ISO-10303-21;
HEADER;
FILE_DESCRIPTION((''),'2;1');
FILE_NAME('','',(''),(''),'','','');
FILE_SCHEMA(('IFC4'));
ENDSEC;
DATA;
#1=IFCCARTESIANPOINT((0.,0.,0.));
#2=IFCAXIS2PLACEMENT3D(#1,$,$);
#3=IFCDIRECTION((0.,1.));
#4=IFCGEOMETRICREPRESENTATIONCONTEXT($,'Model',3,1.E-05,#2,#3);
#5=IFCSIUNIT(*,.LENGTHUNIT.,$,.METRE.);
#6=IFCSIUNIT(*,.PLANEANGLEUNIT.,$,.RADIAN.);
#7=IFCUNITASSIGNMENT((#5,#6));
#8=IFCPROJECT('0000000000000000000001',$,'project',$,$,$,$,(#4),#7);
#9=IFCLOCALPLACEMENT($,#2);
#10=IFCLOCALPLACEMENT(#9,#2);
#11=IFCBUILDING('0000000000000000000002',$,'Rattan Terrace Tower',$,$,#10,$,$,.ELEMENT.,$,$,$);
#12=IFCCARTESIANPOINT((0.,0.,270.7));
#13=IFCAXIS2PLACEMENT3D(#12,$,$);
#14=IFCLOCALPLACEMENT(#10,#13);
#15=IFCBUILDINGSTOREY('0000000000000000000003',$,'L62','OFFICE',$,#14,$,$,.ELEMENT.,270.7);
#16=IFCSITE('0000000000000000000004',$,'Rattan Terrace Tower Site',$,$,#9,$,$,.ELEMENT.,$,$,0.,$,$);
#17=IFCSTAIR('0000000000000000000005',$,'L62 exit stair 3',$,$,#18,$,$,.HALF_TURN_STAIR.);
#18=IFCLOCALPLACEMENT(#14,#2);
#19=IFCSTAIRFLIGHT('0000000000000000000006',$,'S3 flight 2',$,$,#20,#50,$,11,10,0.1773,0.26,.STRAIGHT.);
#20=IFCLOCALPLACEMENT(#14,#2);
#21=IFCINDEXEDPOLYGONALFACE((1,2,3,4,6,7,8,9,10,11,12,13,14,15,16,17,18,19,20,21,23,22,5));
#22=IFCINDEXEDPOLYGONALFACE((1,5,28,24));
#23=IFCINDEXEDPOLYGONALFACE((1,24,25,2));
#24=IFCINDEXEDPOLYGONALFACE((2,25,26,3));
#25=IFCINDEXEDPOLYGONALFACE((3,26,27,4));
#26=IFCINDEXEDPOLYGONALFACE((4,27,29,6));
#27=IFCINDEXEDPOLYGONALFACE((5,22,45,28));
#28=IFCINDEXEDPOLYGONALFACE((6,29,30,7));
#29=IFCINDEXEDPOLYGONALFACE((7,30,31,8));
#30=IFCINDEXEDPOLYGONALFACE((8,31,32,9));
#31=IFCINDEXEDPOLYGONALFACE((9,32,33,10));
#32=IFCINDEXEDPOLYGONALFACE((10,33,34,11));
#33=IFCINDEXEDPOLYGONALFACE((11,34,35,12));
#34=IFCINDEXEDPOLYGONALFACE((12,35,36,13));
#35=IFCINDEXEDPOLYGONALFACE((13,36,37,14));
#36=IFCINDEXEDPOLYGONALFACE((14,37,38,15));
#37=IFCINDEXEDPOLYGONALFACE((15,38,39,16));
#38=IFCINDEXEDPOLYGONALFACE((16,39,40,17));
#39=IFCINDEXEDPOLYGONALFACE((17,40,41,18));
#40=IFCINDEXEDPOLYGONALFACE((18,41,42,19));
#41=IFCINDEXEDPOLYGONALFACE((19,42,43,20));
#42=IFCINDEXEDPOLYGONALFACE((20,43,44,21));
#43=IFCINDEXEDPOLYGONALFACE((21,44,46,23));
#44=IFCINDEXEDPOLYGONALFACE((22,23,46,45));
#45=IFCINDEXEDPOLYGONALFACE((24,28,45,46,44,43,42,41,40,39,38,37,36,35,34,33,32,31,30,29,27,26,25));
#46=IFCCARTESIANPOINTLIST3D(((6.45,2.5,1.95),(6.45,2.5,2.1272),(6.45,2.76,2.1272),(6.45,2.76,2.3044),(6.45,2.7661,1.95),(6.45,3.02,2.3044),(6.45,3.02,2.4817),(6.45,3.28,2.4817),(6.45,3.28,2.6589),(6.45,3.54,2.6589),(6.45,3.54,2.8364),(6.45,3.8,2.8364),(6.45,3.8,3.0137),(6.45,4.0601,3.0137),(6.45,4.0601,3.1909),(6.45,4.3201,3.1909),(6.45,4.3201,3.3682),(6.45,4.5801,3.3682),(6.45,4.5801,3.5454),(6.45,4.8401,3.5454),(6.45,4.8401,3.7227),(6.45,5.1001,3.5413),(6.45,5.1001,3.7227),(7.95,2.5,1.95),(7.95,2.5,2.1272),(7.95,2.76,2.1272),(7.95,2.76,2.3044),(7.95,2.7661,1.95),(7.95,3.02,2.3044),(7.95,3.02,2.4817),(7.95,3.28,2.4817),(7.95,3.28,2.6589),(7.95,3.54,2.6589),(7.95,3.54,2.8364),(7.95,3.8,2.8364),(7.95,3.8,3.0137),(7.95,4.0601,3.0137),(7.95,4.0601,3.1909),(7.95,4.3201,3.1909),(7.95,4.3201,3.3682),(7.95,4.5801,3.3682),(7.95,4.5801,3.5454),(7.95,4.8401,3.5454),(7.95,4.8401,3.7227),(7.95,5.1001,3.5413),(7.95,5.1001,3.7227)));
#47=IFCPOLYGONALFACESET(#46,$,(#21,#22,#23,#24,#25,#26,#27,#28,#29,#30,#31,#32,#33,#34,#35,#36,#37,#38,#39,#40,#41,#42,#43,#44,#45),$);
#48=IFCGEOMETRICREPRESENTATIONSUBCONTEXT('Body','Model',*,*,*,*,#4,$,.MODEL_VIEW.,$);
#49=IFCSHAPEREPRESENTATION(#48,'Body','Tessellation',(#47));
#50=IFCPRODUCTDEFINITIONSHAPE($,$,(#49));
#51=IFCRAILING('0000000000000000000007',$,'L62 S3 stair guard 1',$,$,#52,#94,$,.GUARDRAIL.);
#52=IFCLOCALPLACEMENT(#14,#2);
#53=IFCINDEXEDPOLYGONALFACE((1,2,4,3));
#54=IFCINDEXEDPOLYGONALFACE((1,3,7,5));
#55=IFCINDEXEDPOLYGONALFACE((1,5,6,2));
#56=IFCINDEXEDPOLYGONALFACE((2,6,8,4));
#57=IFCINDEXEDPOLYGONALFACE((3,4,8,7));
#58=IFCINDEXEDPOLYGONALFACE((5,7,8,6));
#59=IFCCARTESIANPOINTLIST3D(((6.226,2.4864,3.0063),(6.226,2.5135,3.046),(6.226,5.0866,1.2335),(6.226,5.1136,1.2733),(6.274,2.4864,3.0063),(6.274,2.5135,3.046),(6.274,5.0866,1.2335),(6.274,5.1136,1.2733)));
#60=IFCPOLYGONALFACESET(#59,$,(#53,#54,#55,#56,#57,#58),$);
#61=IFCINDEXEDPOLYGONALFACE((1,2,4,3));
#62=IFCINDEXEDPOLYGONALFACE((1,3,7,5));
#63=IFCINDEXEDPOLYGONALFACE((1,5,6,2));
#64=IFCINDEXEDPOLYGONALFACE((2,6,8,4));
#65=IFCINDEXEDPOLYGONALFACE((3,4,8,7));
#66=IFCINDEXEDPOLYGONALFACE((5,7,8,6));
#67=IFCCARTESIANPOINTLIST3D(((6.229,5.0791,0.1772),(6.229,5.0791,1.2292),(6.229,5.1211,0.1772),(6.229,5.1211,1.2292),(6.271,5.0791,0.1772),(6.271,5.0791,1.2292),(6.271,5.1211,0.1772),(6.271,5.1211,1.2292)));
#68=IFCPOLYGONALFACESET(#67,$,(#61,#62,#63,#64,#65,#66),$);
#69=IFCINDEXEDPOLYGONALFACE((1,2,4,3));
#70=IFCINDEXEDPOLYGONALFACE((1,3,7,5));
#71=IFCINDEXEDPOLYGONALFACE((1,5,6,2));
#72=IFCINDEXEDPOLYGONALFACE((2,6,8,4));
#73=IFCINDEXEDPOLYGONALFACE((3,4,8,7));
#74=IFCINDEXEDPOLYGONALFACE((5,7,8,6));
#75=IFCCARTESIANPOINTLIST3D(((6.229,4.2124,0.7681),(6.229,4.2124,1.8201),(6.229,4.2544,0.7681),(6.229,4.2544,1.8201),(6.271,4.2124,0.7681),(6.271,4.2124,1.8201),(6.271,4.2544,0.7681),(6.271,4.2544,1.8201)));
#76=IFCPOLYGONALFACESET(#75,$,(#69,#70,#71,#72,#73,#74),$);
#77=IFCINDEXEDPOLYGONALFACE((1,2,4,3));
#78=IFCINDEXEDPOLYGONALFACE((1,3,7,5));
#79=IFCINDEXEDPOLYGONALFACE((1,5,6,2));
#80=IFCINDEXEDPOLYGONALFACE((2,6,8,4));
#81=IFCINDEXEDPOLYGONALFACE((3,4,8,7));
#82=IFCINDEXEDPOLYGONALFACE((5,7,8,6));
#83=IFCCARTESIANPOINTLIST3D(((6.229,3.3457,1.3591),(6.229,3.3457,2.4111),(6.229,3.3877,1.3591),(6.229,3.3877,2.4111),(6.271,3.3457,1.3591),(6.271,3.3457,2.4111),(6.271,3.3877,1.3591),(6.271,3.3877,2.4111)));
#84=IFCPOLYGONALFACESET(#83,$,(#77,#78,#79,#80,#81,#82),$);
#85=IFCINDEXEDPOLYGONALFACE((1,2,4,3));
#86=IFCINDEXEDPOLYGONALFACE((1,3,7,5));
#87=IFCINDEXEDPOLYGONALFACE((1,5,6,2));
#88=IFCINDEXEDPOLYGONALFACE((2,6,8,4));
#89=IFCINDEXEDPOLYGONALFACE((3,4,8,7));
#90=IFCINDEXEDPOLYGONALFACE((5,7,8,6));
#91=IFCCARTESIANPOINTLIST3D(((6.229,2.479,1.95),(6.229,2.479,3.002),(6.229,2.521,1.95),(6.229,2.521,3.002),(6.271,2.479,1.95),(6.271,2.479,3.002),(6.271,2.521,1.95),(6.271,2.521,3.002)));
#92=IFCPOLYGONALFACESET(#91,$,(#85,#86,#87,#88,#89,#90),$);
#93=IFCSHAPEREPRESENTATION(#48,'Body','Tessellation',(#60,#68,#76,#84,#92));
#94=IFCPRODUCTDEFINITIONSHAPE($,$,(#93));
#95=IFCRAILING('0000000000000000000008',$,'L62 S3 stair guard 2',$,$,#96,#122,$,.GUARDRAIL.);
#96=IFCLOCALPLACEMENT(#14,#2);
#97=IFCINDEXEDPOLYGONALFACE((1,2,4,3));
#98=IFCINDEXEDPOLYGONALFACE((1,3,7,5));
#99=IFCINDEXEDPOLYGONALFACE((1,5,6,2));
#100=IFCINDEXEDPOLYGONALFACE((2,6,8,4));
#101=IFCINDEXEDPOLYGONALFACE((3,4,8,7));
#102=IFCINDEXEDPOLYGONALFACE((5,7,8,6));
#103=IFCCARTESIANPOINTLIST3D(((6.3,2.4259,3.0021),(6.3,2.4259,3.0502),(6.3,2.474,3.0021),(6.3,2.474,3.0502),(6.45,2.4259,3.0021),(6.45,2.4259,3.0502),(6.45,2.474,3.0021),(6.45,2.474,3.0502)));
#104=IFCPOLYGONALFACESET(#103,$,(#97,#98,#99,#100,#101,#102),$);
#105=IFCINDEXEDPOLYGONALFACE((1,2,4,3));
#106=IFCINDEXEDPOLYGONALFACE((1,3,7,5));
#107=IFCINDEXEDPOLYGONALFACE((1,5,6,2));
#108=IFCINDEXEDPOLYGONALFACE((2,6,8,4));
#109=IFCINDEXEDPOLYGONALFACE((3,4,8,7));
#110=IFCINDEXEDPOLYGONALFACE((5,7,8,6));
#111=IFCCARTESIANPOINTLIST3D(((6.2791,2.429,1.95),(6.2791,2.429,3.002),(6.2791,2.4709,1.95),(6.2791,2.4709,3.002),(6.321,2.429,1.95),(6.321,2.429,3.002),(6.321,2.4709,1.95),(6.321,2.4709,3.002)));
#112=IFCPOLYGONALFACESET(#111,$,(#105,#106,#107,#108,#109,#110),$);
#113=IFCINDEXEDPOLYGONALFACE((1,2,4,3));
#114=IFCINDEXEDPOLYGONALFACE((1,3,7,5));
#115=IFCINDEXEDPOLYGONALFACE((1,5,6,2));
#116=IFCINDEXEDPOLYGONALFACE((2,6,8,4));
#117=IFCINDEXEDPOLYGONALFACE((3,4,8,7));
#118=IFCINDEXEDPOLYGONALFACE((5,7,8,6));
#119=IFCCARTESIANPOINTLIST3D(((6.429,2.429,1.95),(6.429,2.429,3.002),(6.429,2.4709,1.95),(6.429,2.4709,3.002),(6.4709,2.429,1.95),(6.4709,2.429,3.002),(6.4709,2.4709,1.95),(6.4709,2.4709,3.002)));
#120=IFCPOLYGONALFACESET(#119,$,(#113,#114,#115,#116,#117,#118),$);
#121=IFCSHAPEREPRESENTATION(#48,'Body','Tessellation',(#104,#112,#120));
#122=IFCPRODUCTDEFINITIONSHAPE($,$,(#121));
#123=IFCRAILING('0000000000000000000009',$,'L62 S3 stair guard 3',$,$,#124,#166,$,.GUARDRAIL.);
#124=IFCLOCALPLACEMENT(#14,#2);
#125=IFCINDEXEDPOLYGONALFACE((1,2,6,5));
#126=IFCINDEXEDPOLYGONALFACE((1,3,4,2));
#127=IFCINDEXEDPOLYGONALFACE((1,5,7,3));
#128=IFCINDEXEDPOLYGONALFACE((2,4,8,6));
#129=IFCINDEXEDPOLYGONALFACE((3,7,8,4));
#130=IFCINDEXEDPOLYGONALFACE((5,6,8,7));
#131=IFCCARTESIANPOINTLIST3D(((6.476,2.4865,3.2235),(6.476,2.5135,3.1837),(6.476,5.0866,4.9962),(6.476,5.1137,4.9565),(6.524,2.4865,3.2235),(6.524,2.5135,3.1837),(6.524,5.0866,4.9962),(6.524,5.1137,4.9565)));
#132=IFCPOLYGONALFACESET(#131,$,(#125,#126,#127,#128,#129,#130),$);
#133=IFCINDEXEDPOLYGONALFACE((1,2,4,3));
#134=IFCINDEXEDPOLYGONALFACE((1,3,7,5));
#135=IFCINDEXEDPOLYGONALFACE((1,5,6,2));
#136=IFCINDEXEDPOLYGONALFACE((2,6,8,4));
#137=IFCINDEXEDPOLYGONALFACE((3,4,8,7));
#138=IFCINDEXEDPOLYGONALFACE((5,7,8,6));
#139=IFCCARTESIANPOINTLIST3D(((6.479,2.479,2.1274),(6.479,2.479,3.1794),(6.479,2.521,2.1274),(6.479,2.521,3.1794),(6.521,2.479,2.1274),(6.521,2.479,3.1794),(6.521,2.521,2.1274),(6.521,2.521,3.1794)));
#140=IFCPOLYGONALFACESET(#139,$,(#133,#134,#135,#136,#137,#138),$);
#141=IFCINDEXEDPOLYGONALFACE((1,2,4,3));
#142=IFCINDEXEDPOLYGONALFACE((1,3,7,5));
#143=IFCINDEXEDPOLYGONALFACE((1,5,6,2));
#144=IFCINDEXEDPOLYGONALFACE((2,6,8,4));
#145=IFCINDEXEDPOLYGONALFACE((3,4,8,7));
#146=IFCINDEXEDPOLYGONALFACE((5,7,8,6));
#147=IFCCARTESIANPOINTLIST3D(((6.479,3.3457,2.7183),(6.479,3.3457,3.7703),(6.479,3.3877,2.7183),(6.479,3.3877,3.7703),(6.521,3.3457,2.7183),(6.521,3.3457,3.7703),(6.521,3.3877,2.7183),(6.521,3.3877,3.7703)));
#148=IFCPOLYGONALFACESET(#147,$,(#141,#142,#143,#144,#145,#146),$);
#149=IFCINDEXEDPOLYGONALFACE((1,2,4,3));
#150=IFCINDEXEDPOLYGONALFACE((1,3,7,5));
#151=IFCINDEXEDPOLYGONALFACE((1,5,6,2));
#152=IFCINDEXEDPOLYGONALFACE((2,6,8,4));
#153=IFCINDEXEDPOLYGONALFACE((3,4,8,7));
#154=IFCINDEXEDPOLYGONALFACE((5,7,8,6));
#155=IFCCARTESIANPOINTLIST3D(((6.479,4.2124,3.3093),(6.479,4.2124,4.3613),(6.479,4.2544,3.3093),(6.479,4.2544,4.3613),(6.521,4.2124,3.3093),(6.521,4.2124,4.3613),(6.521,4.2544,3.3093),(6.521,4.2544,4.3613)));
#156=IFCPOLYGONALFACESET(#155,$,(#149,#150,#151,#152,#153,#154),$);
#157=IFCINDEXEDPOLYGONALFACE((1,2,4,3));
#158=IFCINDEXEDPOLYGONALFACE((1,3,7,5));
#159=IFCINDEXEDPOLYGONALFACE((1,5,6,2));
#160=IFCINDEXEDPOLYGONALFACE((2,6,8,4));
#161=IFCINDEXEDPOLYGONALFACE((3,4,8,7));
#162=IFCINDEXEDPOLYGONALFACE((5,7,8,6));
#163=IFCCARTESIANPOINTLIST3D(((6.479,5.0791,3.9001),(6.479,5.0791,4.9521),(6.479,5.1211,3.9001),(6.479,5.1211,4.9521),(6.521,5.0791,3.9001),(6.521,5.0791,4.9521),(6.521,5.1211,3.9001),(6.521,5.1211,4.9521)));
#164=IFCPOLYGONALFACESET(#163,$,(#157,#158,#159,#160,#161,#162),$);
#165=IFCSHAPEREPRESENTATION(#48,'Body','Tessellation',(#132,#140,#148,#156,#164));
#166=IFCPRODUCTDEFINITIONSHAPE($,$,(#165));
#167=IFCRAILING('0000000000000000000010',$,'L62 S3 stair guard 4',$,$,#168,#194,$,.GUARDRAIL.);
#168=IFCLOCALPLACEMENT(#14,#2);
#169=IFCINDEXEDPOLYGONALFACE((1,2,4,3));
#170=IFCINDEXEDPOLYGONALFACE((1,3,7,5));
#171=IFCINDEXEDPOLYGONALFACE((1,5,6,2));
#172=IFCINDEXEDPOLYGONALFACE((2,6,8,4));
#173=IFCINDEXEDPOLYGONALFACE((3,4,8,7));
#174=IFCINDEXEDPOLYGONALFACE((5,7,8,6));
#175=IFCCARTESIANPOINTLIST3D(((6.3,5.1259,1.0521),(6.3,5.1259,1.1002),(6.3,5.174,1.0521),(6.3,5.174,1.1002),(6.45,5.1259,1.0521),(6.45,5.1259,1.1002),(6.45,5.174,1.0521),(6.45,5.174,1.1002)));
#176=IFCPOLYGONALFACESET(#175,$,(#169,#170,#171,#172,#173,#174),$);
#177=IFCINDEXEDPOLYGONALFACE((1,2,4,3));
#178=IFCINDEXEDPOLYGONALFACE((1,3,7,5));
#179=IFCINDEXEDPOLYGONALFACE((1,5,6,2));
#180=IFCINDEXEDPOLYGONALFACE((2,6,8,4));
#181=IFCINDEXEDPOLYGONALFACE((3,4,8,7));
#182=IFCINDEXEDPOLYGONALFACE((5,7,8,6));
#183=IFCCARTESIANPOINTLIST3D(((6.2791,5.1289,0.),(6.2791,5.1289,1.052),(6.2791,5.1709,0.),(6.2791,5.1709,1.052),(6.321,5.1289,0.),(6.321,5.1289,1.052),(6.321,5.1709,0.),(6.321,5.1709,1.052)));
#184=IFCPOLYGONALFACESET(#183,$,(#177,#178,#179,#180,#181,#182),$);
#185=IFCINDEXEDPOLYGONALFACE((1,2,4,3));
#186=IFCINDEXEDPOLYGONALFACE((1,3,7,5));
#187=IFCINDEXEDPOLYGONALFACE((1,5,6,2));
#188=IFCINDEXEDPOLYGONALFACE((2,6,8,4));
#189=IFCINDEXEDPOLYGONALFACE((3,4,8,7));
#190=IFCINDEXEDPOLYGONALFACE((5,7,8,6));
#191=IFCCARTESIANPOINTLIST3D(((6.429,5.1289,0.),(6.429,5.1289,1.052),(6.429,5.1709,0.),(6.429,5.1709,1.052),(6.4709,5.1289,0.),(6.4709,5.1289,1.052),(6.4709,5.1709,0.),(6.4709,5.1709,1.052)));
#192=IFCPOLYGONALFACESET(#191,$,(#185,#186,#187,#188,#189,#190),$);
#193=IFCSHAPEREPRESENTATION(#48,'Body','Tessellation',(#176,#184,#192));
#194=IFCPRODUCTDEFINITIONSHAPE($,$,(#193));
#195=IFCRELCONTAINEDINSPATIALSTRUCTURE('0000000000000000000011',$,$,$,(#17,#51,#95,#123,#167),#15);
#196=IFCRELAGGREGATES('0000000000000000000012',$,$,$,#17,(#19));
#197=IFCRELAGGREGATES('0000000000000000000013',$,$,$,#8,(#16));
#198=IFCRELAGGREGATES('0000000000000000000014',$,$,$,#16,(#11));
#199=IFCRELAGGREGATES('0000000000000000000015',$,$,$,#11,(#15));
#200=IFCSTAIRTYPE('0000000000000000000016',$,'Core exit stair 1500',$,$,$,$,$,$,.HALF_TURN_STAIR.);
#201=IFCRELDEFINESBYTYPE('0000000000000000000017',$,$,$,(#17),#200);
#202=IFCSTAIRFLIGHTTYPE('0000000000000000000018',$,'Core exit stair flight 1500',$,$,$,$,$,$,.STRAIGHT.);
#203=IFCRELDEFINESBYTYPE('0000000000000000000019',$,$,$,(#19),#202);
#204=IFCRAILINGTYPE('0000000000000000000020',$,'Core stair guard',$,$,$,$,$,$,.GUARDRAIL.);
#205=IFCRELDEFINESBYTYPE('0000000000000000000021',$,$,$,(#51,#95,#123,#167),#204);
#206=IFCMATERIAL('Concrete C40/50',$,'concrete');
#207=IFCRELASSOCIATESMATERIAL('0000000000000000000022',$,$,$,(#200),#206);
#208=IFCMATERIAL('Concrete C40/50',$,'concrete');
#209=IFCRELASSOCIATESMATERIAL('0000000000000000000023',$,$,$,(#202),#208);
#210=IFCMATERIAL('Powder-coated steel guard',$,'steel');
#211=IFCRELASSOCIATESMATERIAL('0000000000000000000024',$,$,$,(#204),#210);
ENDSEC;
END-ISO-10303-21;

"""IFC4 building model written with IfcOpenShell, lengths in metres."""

from ifc_helpers import new_model, si_unit, direction, frame, origin, origin_2d, place, context, subcontext, project, spatial, polyline, rectangle, outline, extrude, material, type_object, element, aggregate, save


model = new_model("IFC4")

# Units and contexts
model_context = context("Model", 3, precision=1e-05, world=origin(), true_north=direction((0.0, 1.0)))
body_context = subcontext(model_context, "Body", "Model", "MODEL_VIEW")
ifc_project = project(units=[si_unit("LENGTHUNIT", "METRE"), si_unit("PLANEANGLEUNIT", "RADIAN")], contexts=[model_context])

# Site, building, storey
site_placement = place(None, origin())
site = spatial("IfcSite", under=ifc_project, at=site_placement, Name="Rattan Terrace Tower Site", CompositionType="ELEMENT", RefElevation=0.0)
building_placement = place(site_placement, origin())
building = spatial("IfcBuilding", under=site, at=building_placement, Name="Rattan Terrace Tower", CompositionType="ELEMENT")
storey_placement = place(building_placement, frame((0.0, 0.0, 270.7)))
storey = spatial("IfcBuildingStorey", under=building, at=storey_placement, Name="L62", Description="OFFICE", CompositionType="ELEMENT", Elevation=270.7)

# Stair
ifc_material_1 = material(Name="Concrete C40/50", Category="concrete")
stair_type = type_object("IfcStairType", Name="Core exit stair 1500", PredefinedType="HALF_TURN_STAIR", material=ifc_material_1)
stair_1_placement = place(storey_placement, origin())
stair_1 = element("IfcStair", 1, at=stair_1_placement, inside=storey, type_object=stair_type, Name="L62 exit stair 3", PredefinedType="HALF_TURN_STAIR")

# Shared definitions
ifc_material_2 = material(Name="Concrete C40/50", Category="concrete")
stair_flight_type = type_object("IfcStairFlightType", Name="Core exit stair flight 1500", PredefinedType="STRAIGHT", material=ifc_material_2)

# Stair flight
stair_flight_1_placement = place(storey_placement, frame((7.2, 2.5, 1.95), z_axis=(0.0, 0.0, 1.0), x_axis=(0.0, 1.0, 0.0)))
stair_flight_1 = element("IfcStairFlight", 2, at=stair_flight_1_placement, type_object=stair_flight_type, Name="S3 flight 2", NumberOfRisers=11, NumberOfTreads=10, PredefinedType="STRAIGHT", RiserHeight=0.1773, TreadLength=0.26, context=body_context, shape_type="SweptSolid", body=[
    extrude(outline(polyline([(0.0, 0.0), (0.0, 0.1772), (0.26, 0.1772), (0.26, 0.3545), (0.52, 0.3545), (0.52, 0.5317), (0.78, 0.5317), (0.78, 0.709), (1.04, 0.709), (1.04, 0.8865), (1.3, 0.8865), (1.3, 1.0637), (1.5601, 1.0637), (1.5601, 1.241), (1.8201, 1.241), (1.8201, 1.4182), (2.0801, 1.4182), (2.0801, 1.5955), (2.3401, 1.5955), (2.3401, 1.7727), (2.6001, 1.7727), (2.6001, 1.95), (2.6001, 1.5913), (0.2661, 0.0), (0.0, 0.0)])), frame((0.0, 0.75, 0.0), z_axis=(0.0, -1.0, 0.0), x_axis=(1.0, 0.0, 0.0)), (0.0, 0.0, 1.0), 1.5),
])
aggregate(stair_1, [stair_flight_1])

# Railings
ifc_material_3 = material(Name="Powder-coated steel guard", Category="steel")
railing_type_1 = type_object("IfcRailingType", Name="Core stair guard", PredefinedType="GUARDRAIL", material=ifc_material_3)
railing_1_placement = place(storey_placement, frame((6.25, 5.1001, 0.1772)))
element("IfcRailing", 3, at=railing_1_placement, inside=storey, type_object=railing_type_1, Name="L62 S3 stair guard 1", PredefinedType="GUARDRAIL", context=body_context, shape_type="SweptSolid", body=[
    extrude(rectangle(XDim=0.0481, YDim=0.0481, at=origin_2d()), frame((0.0, 0.0, 1.0762), z_axis=(0.0, -0.82624, 0.563318), x_axis=(1.0, 0.0, 0.0)), (0.0, 0.0, 1.0), 3.147),
    extrude(rectangle(XDim=0.042, YDim=0.042, at=origin_2d()), origin(), (0.0, 0.0, 1.0), 1.052),
    extrude(rectangle(XDim=0.042, YDim=0.042, at=origin_2d()), frame((0.0, -0.8667, 0.5908)), (0.0, 0.0, 1.0), 1.052),
    extrude(rectangle(XDim=0.042, YDim=0.042, at=origin_2d()), frame((0.0, -1.7334, 1.1819)), (0.0, 0.0, 1.0), 1.052),
    extrude(rectangle(XDim=0.042, YDim=0.042, at=origin_2d()), frame((0.0, -2.6001, 1.7727)), (0.0, 0.0, 1.0), 1.052),
])
railing_2_placement = place(storey_placement, frame((6.3, 2.45, 1.95)))
element("IfcRailing", 4, at=railing_2_placement, inside=storey, type_object=railing_type_1, Name="L62 S3 stair guard 2", PredefinedType="GUARDRAIL", context=body_context, shape_type="SweptSolid", body=[
    extrude(rectangle(XDim=0.0481, YDim=0.0481, at=origin_2d()), frame((0.0, 0.0, 1.0762), z_axis=(1.0, 0.0, 0.0), x_axis=(0.0, 1.0, 0.0)), (0.0, 0.0, 1.0), 0.1499),
    extrude(rectangle(XDim=0.042, YDim=0.042, at=origin_2d()), origin(), (0.0, 0.0, 1.0), 1.052),
    extrude(rectangle(XDim=0.042, YDim=0.042, at=origin_2d()), frame((0.1499, 0.0, 0.0)), (0.0, 0.0, 1.0), 1.052),
])
railing_3_placement = place(storey_placement, frame((6.5, 2.5, 2.1274)))
element("IfcRailing", 5, at=railing_3_placement, inside=storey, type_object=railing_type_1, Name="L62 S3 stair guard 3", PredefinedType="GUARDRAIL", context=body_context, shape_type="SweptSolid", body=[
    extrude(rectangle(XDim=0.0481, YDim=0.0481, at=origin_2d()), frame((0.0, 0.0, 1.0762), z_axis=(0.0, 0.82624, 0.563318), x_axis=(-1.0, 0.0, 0.0)), (0.0, 0.0, 1.0), 3.147),
    extrude(rectangle(XDim=0.042, YDim=0.042, at=origin_2d()), origin(), (0.0, 0.0, 1.0), 1.052),
    extrude(rectangle(XDim=0.042, YDim=0.042, at=origin_2d()), frame((0.0, 0.8667, 0.5908)), (0.0, 0.0, 1.0), 1.052),
    extrude(rectangle(XDim=0.042, YDim=0.042, at=origin_2d()), frame((0.0, 1.7334, 1.1819)), (0.0, 0.0, 1.0), 1.052),
    extrude(rectangle(XDim=0.042, YDim=0.042, at=origin_2d()), frame((0.0, 2.6001, 1.7727)), (0.0, 0.0, 1.0), 1.052),
])
railing_4_placement = place(storey_placement, frame((6.3, 5.1499, 0.0)))
element("IfcRailing", 6, at=railing_4_placement, inside=storey, type_object=railing_type_1, Name="L62 S3 stair guard 4", PredefinedType="GUARDRAIL", context=body_context, shape_type="SweptSolid", body=[
    extrude(rectangle(XDim=0.0481, YDim=0.0481, at=origin_2d()), frame((0.0, 0.0, 1.0762), z_axis=(1.0, 0.0, 0.0), x_axis=(0.0, 1.0, 0.0)), (0.0, 0.0, 1.0), 0.1499),
    extrude(rectangle(XDim=0.042, YDim=0.042, at=origin_2d()), origin(), (0.0, 0.0, 1.0), 1.052),
    extrude(rectangle(XDim=0.042, YDim=0.042, at=origin_2d()), frame((0.1499, 0.0, 0.0)), (0.0, 0.0, 1.0), 1.052),
])

save(model, "model.ifc")
